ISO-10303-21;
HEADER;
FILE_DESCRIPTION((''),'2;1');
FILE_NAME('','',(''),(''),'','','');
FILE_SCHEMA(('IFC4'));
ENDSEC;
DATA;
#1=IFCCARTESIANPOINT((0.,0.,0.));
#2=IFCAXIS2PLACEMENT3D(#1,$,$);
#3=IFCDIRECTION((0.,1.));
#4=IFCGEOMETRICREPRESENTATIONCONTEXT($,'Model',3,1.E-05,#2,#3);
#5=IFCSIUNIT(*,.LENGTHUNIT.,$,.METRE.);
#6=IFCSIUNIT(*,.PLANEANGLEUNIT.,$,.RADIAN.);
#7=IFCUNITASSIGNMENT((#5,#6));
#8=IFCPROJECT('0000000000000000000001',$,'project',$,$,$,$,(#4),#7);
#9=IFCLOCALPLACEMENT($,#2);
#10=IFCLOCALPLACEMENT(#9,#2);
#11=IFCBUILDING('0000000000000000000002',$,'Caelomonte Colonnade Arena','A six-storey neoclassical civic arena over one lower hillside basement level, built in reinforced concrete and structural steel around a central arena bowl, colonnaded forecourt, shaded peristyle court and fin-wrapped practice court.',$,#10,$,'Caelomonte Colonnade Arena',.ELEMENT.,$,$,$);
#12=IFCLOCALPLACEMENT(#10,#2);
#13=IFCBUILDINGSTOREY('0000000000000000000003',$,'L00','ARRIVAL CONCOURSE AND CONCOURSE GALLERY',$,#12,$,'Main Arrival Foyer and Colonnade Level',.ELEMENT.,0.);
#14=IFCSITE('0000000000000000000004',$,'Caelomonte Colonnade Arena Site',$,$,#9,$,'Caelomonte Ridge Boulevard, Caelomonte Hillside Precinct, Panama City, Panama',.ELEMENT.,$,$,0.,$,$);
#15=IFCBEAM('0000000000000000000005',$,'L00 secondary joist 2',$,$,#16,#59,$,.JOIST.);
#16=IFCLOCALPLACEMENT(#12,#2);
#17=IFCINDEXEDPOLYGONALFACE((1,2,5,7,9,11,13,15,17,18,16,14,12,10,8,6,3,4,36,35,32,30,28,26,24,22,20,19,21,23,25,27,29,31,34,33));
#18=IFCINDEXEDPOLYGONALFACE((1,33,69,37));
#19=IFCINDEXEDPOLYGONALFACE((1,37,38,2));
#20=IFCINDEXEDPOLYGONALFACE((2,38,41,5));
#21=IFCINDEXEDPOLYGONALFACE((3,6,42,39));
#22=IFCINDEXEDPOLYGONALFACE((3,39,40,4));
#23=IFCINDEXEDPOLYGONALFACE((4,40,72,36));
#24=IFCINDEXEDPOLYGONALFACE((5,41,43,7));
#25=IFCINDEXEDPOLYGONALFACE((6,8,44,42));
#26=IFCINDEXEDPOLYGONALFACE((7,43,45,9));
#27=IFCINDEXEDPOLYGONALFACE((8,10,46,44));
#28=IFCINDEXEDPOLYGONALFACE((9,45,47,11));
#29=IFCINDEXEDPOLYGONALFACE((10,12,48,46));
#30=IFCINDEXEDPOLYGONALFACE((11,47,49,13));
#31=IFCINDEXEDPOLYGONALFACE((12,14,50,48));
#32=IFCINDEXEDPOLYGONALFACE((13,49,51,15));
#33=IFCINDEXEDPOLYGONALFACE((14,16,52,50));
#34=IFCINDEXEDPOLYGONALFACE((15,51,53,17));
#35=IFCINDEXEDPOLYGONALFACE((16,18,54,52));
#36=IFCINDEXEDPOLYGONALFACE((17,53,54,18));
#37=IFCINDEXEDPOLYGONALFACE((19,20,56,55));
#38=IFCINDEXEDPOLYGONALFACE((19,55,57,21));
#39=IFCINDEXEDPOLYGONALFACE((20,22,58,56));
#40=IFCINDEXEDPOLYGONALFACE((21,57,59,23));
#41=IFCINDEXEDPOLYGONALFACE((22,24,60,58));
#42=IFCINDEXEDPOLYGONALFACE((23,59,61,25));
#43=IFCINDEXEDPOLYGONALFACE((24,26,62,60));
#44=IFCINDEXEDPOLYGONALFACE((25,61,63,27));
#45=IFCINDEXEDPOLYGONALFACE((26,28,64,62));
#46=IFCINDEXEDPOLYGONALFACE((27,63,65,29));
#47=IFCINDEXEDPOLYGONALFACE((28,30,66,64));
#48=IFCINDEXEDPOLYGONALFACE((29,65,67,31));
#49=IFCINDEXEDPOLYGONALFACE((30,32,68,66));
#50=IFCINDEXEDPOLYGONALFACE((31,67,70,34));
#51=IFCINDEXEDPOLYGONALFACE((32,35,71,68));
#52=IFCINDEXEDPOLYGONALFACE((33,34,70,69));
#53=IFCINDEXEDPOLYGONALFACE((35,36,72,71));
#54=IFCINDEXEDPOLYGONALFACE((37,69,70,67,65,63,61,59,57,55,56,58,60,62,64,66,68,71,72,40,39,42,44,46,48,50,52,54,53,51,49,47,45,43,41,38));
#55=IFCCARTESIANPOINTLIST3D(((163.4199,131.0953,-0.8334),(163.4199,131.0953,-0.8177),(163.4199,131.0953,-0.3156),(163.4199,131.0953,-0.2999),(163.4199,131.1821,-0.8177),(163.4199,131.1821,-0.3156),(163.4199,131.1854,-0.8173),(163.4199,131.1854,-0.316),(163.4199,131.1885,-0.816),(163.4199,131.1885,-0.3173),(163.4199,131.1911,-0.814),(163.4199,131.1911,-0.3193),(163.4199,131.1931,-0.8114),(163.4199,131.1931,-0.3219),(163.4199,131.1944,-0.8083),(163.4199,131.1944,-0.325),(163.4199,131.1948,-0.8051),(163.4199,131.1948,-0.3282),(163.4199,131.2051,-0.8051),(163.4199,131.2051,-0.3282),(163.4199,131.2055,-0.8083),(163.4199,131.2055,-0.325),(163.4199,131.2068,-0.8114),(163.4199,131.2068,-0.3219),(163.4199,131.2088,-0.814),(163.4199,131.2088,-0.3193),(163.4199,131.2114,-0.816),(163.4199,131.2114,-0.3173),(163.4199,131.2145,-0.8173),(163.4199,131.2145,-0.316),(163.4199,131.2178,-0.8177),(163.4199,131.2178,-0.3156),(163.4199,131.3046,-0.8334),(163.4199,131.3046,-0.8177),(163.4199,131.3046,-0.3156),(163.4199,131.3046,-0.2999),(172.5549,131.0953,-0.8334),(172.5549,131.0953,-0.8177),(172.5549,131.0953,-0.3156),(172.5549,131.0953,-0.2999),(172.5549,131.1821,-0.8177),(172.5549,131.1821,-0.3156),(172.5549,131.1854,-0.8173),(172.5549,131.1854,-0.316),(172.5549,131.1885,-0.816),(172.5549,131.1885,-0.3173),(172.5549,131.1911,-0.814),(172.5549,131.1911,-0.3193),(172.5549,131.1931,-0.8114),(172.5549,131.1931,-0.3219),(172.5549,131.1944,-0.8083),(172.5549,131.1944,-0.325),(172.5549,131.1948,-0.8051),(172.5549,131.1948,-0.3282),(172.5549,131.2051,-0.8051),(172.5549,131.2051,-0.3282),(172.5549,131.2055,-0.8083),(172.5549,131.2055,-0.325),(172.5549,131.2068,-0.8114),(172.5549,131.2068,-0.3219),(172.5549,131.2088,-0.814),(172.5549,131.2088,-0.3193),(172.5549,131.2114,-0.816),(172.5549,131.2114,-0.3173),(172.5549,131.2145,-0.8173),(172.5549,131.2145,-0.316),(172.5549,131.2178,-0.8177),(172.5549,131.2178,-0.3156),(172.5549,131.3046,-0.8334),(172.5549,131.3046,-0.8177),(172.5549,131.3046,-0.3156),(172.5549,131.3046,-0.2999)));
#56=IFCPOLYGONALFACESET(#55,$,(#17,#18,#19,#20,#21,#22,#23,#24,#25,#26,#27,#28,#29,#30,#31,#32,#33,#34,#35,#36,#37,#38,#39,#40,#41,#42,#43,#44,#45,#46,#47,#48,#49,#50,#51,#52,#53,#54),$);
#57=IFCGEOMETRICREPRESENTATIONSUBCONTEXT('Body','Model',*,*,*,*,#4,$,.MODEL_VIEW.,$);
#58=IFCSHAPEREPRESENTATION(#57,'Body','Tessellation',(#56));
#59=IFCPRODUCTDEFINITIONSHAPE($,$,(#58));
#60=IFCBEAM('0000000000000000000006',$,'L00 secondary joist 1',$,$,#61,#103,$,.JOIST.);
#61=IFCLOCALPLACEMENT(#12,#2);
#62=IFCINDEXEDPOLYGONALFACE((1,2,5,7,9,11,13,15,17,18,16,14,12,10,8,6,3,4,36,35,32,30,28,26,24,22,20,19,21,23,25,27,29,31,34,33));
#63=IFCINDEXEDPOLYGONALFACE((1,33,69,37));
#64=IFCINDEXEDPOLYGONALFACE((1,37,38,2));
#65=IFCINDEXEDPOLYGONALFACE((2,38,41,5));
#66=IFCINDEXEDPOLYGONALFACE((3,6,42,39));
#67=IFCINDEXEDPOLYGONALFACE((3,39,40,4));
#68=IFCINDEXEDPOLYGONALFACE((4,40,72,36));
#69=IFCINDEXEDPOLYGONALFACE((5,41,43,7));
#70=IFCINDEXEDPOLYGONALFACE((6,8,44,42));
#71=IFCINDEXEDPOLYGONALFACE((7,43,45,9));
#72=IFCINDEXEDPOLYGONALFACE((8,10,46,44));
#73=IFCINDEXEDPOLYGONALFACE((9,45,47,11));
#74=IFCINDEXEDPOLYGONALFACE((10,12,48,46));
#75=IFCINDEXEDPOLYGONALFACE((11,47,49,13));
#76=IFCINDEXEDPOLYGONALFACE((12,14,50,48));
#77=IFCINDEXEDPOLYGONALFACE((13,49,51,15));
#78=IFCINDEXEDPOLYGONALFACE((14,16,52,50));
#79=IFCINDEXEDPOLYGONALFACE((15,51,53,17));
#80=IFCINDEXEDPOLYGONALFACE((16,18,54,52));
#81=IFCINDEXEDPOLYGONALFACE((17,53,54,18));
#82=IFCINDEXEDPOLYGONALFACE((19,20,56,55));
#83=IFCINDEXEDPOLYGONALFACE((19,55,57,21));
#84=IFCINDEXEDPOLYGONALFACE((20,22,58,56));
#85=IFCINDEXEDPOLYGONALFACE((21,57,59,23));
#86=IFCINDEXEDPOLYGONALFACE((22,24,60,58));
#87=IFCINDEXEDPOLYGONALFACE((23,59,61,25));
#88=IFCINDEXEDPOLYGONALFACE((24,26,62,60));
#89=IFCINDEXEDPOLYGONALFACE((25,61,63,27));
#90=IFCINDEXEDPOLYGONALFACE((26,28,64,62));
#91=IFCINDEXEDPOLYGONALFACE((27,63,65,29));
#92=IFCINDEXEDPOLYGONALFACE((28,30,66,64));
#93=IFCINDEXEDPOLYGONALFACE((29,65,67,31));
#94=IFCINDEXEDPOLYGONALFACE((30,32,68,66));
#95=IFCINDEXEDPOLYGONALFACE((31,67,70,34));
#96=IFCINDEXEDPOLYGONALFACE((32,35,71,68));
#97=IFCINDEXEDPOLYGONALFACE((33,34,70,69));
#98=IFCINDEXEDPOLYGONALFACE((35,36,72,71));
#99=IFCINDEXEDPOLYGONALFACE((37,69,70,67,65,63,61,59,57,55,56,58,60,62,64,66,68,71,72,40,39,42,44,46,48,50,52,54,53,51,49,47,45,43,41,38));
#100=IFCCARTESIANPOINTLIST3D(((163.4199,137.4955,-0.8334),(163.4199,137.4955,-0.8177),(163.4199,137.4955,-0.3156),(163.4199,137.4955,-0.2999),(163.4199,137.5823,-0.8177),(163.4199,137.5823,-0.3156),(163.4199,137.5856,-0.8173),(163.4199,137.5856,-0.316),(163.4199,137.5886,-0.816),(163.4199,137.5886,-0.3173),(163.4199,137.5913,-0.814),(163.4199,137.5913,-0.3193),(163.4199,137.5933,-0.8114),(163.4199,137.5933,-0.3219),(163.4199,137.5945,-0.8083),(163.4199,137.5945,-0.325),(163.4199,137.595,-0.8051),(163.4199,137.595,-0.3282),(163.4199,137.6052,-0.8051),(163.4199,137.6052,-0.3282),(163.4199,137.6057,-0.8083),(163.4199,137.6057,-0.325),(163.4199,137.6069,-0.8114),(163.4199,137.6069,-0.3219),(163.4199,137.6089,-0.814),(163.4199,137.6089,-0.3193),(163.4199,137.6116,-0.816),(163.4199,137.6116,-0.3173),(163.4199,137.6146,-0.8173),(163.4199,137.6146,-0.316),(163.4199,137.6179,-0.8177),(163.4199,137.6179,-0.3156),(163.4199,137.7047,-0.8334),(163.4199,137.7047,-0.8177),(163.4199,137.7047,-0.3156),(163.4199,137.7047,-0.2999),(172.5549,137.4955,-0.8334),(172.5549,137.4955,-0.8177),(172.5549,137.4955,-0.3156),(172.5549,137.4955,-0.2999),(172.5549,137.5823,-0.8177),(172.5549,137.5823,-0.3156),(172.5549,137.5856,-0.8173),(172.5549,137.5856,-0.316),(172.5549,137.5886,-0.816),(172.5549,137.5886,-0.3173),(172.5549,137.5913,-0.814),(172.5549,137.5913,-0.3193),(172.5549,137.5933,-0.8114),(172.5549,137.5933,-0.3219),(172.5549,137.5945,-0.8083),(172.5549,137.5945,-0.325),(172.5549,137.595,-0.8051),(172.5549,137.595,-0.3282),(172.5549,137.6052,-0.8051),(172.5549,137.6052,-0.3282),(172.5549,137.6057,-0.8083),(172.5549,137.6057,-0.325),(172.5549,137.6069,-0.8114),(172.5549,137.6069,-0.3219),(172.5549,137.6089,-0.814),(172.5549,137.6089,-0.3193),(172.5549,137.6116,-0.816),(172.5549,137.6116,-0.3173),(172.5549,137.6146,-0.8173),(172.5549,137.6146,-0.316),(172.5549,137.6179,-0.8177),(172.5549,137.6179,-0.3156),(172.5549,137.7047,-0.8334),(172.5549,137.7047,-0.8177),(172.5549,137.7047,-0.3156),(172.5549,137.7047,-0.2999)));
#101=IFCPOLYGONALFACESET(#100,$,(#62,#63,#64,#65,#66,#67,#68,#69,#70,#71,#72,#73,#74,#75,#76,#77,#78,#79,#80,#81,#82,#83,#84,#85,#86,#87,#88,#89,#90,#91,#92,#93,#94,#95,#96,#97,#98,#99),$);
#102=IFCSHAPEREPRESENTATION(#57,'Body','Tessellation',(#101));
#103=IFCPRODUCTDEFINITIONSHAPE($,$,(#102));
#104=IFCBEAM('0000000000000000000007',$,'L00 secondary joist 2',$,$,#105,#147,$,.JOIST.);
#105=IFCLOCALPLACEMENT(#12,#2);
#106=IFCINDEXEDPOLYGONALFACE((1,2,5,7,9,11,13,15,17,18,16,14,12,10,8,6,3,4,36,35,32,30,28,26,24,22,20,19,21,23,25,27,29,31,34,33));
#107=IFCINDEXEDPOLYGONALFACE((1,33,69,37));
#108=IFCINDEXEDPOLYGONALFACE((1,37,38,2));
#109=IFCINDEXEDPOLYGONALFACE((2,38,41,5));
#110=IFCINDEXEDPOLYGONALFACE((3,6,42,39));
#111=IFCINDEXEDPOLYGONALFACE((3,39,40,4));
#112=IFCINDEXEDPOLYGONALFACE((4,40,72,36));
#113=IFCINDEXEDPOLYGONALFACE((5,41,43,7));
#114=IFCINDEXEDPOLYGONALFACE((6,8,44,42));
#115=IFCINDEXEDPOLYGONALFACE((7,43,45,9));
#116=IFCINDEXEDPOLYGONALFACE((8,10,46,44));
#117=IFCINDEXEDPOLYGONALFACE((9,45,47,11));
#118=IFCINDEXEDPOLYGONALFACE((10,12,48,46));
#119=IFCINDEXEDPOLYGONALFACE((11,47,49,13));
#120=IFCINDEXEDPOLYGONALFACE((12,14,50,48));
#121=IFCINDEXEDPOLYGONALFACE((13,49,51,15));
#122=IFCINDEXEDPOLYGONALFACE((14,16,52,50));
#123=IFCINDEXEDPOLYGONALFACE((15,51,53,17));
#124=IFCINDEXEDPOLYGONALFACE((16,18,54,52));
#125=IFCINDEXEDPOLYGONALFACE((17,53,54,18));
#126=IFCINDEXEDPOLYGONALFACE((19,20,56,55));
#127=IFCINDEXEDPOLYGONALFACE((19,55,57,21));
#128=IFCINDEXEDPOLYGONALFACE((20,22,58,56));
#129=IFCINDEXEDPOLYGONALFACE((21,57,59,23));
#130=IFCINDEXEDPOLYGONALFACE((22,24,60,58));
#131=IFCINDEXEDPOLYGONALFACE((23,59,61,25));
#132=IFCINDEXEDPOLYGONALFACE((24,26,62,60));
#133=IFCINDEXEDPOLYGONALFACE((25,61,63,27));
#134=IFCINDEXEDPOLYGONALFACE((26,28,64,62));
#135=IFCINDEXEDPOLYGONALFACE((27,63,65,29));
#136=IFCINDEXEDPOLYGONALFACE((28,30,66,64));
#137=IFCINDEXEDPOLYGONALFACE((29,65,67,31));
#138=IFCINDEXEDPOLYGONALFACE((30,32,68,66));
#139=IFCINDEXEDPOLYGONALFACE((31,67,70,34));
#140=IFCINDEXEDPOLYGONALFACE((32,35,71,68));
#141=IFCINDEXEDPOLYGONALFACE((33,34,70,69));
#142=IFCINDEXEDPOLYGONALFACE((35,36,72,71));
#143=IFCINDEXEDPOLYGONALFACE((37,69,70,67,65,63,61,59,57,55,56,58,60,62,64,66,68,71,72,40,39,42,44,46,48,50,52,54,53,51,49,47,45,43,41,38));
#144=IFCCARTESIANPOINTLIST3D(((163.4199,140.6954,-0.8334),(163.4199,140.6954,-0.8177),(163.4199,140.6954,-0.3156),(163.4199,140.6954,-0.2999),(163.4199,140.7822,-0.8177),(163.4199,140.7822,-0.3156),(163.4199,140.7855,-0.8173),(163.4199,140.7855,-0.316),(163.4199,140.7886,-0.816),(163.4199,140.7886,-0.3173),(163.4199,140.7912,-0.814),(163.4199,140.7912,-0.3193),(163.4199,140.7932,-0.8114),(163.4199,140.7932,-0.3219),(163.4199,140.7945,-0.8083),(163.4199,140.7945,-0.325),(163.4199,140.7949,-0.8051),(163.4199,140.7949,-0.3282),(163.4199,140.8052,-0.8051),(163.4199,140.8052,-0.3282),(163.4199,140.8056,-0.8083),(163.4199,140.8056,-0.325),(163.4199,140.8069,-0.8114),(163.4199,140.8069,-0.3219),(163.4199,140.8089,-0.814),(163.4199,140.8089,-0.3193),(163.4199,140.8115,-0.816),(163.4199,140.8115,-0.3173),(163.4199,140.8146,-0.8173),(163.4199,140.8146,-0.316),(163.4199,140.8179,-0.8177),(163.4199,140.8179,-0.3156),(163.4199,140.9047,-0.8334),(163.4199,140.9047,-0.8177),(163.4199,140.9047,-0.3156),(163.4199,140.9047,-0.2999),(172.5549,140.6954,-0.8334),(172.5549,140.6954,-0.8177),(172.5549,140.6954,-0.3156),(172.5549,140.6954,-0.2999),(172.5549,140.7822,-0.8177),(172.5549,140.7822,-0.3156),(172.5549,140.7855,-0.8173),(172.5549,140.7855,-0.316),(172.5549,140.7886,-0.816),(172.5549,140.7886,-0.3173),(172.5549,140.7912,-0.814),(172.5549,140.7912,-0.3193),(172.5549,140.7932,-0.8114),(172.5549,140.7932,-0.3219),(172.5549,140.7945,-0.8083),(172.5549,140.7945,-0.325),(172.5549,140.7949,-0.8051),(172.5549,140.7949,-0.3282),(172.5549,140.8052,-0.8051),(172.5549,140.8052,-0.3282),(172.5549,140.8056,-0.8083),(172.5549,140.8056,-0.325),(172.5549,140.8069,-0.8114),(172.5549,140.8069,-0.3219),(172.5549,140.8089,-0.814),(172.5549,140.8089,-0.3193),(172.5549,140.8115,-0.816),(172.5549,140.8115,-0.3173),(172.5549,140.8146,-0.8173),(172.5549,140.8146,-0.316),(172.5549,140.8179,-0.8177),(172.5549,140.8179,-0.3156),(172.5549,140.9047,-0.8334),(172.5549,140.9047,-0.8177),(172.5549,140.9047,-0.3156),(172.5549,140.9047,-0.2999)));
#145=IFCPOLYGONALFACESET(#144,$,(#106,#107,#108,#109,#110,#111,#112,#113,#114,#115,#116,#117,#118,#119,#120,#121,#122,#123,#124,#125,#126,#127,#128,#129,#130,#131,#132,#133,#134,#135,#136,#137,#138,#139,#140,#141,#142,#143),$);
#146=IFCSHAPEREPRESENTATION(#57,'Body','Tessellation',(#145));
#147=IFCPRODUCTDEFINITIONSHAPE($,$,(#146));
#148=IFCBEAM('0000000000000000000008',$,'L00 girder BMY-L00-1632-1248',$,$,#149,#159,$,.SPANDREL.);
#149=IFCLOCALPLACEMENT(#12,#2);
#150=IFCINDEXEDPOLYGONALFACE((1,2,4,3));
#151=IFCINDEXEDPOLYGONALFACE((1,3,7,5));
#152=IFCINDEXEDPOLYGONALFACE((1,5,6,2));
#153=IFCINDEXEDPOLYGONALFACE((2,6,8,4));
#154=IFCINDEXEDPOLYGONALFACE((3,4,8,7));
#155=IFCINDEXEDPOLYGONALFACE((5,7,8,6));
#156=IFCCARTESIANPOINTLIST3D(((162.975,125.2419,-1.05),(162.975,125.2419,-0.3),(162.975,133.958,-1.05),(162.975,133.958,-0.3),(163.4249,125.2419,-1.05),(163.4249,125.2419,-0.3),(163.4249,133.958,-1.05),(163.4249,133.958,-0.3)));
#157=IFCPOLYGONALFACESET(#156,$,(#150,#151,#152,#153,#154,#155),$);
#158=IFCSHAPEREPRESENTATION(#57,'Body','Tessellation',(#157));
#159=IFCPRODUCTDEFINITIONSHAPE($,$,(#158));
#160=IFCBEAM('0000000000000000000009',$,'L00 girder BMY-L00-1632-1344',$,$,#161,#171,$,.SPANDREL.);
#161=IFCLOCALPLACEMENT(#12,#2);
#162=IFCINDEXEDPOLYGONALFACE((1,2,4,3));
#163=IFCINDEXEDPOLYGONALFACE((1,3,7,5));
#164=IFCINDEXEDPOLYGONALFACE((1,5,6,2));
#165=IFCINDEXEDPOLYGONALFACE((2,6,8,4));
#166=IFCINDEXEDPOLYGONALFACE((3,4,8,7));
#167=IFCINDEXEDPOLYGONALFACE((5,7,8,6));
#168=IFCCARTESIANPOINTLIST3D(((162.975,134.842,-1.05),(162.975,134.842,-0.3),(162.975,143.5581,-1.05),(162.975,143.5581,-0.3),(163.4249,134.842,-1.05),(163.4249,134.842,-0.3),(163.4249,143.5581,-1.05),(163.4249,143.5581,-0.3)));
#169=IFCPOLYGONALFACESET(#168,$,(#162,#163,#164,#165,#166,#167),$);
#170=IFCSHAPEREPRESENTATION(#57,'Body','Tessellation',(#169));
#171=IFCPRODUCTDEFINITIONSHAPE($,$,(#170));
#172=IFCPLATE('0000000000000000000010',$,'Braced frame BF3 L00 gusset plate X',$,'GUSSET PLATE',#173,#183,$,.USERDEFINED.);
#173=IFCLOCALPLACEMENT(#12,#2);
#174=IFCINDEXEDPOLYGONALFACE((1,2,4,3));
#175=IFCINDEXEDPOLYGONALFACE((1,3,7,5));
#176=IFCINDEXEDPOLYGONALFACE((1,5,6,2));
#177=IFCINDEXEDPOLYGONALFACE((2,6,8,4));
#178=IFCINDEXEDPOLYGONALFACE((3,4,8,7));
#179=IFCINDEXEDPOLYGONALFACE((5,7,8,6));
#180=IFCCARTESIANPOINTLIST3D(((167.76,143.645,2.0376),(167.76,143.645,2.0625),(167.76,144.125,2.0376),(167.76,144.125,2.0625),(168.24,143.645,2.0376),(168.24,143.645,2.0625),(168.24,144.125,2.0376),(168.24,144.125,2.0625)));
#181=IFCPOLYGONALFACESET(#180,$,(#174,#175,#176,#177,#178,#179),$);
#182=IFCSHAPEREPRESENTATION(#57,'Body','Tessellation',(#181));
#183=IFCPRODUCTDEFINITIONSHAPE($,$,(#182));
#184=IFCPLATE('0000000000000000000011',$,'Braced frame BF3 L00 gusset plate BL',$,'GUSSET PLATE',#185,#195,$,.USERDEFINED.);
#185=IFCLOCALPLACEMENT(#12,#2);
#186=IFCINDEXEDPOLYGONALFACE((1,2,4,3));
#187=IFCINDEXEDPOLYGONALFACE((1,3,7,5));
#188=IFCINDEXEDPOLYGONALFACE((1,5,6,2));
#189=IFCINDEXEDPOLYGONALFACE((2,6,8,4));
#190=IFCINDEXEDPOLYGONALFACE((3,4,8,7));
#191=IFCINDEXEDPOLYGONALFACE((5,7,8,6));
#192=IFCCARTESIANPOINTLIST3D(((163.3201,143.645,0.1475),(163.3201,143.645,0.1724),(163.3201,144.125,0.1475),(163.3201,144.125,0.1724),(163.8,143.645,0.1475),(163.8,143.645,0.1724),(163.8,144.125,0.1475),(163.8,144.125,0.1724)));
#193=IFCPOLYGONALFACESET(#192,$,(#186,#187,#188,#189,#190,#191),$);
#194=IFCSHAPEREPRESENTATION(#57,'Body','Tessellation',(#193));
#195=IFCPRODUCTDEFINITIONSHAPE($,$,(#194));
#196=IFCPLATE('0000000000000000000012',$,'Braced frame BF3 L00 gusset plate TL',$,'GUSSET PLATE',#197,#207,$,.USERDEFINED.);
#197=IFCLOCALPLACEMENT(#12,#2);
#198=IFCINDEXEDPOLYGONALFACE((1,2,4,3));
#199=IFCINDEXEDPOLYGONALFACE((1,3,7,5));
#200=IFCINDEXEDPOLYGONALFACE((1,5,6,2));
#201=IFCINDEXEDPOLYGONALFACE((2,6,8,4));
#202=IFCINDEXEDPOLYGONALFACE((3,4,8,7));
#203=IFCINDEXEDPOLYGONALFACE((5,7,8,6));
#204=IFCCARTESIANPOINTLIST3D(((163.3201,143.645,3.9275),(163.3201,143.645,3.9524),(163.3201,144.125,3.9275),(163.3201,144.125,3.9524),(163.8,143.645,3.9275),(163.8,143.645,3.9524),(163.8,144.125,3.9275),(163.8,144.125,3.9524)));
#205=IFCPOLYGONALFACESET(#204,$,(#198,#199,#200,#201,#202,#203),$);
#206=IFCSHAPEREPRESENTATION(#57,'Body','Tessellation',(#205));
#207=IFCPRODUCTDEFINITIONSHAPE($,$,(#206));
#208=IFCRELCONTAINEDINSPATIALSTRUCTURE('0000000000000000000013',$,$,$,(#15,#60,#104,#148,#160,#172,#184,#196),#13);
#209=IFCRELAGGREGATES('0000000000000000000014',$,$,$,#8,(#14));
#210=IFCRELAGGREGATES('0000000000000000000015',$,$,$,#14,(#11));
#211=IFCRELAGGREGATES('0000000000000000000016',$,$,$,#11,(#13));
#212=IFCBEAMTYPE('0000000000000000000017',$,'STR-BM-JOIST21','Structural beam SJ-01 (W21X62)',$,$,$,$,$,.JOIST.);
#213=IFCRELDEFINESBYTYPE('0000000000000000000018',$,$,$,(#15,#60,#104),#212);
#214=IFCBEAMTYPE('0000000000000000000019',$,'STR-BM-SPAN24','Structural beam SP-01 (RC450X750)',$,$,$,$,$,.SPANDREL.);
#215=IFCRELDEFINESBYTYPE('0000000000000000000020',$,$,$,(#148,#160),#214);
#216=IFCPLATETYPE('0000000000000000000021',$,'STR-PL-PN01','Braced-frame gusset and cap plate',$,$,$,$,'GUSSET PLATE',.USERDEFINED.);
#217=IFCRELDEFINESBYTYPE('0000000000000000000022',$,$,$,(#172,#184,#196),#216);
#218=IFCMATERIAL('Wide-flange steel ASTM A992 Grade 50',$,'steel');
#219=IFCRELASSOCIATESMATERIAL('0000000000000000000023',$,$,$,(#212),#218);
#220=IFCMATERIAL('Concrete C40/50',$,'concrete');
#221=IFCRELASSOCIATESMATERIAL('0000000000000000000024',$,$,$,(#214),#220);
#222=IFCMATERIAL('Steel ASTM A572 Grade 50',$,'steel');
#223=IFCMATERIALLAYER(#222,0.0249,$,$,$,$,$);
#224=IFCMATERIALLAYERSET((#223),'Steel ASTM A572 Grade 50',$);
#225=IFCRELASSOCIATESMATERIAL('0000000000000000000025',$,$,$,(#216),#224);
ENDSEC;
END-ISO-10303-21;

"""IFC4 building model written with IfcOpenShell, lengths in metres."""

from ifc_helpers import new_model, si_unit, direction, frame, origin, origin_2d, place, context, subcontext, project, spatial, rectangle, i_section, extrude, material, layer, layer_set, material_profile, profile_set, type_object, element, save


model = new_model("IFC4")

# Units and contexts
model_context = context("Model", 3, precision=1e-05, world=origin(), true_north=direction((0.0, 1.0)))
body_context = subcontext(model_context, "Body", "Model", "MODEL_VIEW")
ifc_project = project(units=[si_unit("LENGTHUNIT", "METRE"), si_unit("PLANEANGLEUNIT", "RADIAN")], contexts=[model_context])

# Site, building, storey
site_placement = place(None, origin())
site = spatial("IfcSite", under=ifc_project, at=site_placement, Name="Caelomonte Colonnade Arena Site", LongName="Caelomonte Ridge Boulevard, Caelomonte Hillside Precinct, Panama City, Panama", CompositionType="ELEMENT", RefElevation=0.0)
building_placement = place(site_placement, origin())
building = spatial("IfcBuilding", under=site, at=building_placement, Name="Caelomonte Colonnade Arena", Description="A six-storey neoclassical civic arena over one lower hillside basement level, built in reinforced concrete and structural steel around a central arena bowl, colonnaded forecourt, shaded peristyle court and fin-wrapped practice court.", LongName="Caelomonte Colonnade Arena", CompositionType="ELEMENT")
storey_placement = place(building_placement, origin())
storey = spatial("IfcBuildingStorey", under=building, at=storey_placement, Name="L00", Description="ARRIVAL CONCOURSE AND CONCOURSE GALLERY", LongName="Main Arrival Foyer and Colonnade Level", CompositionType="ELEMENT", Elevation=0.0)

# Shared definitions
ifc_material_1 = material(Name="Concrete C40/50", Category="concrete")

# Beams
ifc_material_2 = material(Name="Wide-flange steel ASTM A992 Grade 50", Category="steel")
ifc_material_profile_1 = material_profile(ifc_material_2, i_section(OverallWidth=0.2092, OverallDepth=0.5334, WebThickness=0.0103, FlangeThickness=0.0156, FilletRadius=0.0127, at=origin_2d()), Name="W21X62")
ifc_profile_set_1 = profile_set([ifc_material_profile_1], Name="Wide-flange steel ASTM A992 Grade 50")
beam_type_1 = type_object("IfcBeamType", Name="STR-BM-JOIST21", Description="Structural beam SJ-01 (W21X62)", PredefinedType="JOIST", material=ifc_profile_set_1)
for number, where, z_axis, x_axis, name in (
    (1, (163.4199, 131.2, -0.5667), (1.0, 0.0, 0.0), (0.0, 1.0, 0.0), "L00 secondary joist 2"),
    (2, (163.4199, 137.6001, -0.5667), (1.0, 0.0, 0.0), (0.0, 1.0, 0.0), "L00 secondary joist 1"),
    (3, (163.4199, 140.8, -0.5667), (1.0, 0.0, 0.0), (0.0, 1.0, 0.0), "L00 secondary joist 2"),
):
    element("IfcBeam", number, at=place(storey_placement, frame(where, z_axis=z_axis, x_axis=x_axis)), inside=storey, type_object=beam_type_1, Name=name, PredefinedType="JOIST", context=body_context, shape_type="SweptSolid", body=[
        extrude(i_section(OverallWidth=0.2092, OverallDepth=0.5334, WebThickness=0.0103, FlangeThickness=0.0156, FilletRadius=0.0127, at=origin_2d()), origin(), (0.0, 0.0, 1.0), 9.135),
    ])
ifc_material_profile_2 = material_profile(ifc_material_1, rectangle(XDim=0.45, YDim=0.75, at=origin_2d()), Name="RC450X750")
ifc_profile_set_2 = profile_set([ifc_material_profile_2], Name="Concrete C40/50")
beam_type_2 = type_object("IfcBeamType", Name="STR-BM-SPAN24", Description="Structural beam SP-01 (RC450X750)", PredefinedType="SPANDREL", material=ifc_profile_set_2)
for number, where, z_axis, x_axis, name in (
    (4, (163.2, 125.2419, -0.675), (0.0, 1.0, 0.0), (-1.0, 0.0, 0.0), "L00 girder BMY-L00-1632-1248"),
    (5, (163.2, 134.842, -0.675), (0.0, 1.0, 0.0), (-1.0, 0.0, 0.0), "L00 girder BMY-L00-1632-1344"),
):
    element("IfcBeam", number, at=place(storey_placement, frame(where, z_axis=z_axis, x_axis=x_axis)), inside=storey, type_object=beam_type_2, Name=name, PredefinedType="SPANDREL", context=body_context, shape_type="SweptSolid", body=[
        extrude(rectangle(XDim=0.45, YDim=0.75, at=origin_2d()), origin(), (0.0, 0.0, 1.0), 8.7161),
    ])

# Plates
ifc_material_3 = material(Name="Steel ASTM A572 Grade 50", Category="steel")
ifc_layer_1 = layer(ifc_material_3, 0.0249)
ifc_layer_set_1 = layer_set([ifc_layer_1], Name="Steel ASTM A572 Grade 50")
plate_type = type_object("IfcPlateType", Name="STR-PL-PN01", Description="Braced-frame gusset and cap plate", ElementType="GUSSET PLATE", PredefinedType="USERDEFINED", material=ifc_layer_set_1)
for number, where, z_axis, x_axis, name in (
    (6, (168.0, 143.885, 2.0376), (0.0, 0.0, 1.0), (1.0, 0.0, 0.0), "Braced frame BF3 L00 gusset plate X"),
    (7, (163.5601, 143.885, 0.1475), (0.0, 0.0, 1.0), (1.0, 0.0, 0.0), "Braced frame BF3 L00 gusset plate BL"),
    (8, (163.5601, 143.885, 3.9275), (0.0, 0.0, 1.0), (1.0, 0.0, 0.0), "Braced frame BF3 L00 gusset plate TL"),
):
    element("IfcPlate", number, at=place(storey_placement, frame(where, z_axis=z_axis, x_axis=x_axis)), inside=storey, type_object=plate_type, Name=name, ObjectType="GUSSET PLATE", PredefinedType="USERDEFINED", context=body_context, shape_type="SweptSolid", body=[
        extrude(rectangle(XDim=0.48, YDim=0.48, at=origin_2d()), origin(), (0.0, 0.0, 1.0), 0.0249),
    ])

save(model, "model.ifc")
